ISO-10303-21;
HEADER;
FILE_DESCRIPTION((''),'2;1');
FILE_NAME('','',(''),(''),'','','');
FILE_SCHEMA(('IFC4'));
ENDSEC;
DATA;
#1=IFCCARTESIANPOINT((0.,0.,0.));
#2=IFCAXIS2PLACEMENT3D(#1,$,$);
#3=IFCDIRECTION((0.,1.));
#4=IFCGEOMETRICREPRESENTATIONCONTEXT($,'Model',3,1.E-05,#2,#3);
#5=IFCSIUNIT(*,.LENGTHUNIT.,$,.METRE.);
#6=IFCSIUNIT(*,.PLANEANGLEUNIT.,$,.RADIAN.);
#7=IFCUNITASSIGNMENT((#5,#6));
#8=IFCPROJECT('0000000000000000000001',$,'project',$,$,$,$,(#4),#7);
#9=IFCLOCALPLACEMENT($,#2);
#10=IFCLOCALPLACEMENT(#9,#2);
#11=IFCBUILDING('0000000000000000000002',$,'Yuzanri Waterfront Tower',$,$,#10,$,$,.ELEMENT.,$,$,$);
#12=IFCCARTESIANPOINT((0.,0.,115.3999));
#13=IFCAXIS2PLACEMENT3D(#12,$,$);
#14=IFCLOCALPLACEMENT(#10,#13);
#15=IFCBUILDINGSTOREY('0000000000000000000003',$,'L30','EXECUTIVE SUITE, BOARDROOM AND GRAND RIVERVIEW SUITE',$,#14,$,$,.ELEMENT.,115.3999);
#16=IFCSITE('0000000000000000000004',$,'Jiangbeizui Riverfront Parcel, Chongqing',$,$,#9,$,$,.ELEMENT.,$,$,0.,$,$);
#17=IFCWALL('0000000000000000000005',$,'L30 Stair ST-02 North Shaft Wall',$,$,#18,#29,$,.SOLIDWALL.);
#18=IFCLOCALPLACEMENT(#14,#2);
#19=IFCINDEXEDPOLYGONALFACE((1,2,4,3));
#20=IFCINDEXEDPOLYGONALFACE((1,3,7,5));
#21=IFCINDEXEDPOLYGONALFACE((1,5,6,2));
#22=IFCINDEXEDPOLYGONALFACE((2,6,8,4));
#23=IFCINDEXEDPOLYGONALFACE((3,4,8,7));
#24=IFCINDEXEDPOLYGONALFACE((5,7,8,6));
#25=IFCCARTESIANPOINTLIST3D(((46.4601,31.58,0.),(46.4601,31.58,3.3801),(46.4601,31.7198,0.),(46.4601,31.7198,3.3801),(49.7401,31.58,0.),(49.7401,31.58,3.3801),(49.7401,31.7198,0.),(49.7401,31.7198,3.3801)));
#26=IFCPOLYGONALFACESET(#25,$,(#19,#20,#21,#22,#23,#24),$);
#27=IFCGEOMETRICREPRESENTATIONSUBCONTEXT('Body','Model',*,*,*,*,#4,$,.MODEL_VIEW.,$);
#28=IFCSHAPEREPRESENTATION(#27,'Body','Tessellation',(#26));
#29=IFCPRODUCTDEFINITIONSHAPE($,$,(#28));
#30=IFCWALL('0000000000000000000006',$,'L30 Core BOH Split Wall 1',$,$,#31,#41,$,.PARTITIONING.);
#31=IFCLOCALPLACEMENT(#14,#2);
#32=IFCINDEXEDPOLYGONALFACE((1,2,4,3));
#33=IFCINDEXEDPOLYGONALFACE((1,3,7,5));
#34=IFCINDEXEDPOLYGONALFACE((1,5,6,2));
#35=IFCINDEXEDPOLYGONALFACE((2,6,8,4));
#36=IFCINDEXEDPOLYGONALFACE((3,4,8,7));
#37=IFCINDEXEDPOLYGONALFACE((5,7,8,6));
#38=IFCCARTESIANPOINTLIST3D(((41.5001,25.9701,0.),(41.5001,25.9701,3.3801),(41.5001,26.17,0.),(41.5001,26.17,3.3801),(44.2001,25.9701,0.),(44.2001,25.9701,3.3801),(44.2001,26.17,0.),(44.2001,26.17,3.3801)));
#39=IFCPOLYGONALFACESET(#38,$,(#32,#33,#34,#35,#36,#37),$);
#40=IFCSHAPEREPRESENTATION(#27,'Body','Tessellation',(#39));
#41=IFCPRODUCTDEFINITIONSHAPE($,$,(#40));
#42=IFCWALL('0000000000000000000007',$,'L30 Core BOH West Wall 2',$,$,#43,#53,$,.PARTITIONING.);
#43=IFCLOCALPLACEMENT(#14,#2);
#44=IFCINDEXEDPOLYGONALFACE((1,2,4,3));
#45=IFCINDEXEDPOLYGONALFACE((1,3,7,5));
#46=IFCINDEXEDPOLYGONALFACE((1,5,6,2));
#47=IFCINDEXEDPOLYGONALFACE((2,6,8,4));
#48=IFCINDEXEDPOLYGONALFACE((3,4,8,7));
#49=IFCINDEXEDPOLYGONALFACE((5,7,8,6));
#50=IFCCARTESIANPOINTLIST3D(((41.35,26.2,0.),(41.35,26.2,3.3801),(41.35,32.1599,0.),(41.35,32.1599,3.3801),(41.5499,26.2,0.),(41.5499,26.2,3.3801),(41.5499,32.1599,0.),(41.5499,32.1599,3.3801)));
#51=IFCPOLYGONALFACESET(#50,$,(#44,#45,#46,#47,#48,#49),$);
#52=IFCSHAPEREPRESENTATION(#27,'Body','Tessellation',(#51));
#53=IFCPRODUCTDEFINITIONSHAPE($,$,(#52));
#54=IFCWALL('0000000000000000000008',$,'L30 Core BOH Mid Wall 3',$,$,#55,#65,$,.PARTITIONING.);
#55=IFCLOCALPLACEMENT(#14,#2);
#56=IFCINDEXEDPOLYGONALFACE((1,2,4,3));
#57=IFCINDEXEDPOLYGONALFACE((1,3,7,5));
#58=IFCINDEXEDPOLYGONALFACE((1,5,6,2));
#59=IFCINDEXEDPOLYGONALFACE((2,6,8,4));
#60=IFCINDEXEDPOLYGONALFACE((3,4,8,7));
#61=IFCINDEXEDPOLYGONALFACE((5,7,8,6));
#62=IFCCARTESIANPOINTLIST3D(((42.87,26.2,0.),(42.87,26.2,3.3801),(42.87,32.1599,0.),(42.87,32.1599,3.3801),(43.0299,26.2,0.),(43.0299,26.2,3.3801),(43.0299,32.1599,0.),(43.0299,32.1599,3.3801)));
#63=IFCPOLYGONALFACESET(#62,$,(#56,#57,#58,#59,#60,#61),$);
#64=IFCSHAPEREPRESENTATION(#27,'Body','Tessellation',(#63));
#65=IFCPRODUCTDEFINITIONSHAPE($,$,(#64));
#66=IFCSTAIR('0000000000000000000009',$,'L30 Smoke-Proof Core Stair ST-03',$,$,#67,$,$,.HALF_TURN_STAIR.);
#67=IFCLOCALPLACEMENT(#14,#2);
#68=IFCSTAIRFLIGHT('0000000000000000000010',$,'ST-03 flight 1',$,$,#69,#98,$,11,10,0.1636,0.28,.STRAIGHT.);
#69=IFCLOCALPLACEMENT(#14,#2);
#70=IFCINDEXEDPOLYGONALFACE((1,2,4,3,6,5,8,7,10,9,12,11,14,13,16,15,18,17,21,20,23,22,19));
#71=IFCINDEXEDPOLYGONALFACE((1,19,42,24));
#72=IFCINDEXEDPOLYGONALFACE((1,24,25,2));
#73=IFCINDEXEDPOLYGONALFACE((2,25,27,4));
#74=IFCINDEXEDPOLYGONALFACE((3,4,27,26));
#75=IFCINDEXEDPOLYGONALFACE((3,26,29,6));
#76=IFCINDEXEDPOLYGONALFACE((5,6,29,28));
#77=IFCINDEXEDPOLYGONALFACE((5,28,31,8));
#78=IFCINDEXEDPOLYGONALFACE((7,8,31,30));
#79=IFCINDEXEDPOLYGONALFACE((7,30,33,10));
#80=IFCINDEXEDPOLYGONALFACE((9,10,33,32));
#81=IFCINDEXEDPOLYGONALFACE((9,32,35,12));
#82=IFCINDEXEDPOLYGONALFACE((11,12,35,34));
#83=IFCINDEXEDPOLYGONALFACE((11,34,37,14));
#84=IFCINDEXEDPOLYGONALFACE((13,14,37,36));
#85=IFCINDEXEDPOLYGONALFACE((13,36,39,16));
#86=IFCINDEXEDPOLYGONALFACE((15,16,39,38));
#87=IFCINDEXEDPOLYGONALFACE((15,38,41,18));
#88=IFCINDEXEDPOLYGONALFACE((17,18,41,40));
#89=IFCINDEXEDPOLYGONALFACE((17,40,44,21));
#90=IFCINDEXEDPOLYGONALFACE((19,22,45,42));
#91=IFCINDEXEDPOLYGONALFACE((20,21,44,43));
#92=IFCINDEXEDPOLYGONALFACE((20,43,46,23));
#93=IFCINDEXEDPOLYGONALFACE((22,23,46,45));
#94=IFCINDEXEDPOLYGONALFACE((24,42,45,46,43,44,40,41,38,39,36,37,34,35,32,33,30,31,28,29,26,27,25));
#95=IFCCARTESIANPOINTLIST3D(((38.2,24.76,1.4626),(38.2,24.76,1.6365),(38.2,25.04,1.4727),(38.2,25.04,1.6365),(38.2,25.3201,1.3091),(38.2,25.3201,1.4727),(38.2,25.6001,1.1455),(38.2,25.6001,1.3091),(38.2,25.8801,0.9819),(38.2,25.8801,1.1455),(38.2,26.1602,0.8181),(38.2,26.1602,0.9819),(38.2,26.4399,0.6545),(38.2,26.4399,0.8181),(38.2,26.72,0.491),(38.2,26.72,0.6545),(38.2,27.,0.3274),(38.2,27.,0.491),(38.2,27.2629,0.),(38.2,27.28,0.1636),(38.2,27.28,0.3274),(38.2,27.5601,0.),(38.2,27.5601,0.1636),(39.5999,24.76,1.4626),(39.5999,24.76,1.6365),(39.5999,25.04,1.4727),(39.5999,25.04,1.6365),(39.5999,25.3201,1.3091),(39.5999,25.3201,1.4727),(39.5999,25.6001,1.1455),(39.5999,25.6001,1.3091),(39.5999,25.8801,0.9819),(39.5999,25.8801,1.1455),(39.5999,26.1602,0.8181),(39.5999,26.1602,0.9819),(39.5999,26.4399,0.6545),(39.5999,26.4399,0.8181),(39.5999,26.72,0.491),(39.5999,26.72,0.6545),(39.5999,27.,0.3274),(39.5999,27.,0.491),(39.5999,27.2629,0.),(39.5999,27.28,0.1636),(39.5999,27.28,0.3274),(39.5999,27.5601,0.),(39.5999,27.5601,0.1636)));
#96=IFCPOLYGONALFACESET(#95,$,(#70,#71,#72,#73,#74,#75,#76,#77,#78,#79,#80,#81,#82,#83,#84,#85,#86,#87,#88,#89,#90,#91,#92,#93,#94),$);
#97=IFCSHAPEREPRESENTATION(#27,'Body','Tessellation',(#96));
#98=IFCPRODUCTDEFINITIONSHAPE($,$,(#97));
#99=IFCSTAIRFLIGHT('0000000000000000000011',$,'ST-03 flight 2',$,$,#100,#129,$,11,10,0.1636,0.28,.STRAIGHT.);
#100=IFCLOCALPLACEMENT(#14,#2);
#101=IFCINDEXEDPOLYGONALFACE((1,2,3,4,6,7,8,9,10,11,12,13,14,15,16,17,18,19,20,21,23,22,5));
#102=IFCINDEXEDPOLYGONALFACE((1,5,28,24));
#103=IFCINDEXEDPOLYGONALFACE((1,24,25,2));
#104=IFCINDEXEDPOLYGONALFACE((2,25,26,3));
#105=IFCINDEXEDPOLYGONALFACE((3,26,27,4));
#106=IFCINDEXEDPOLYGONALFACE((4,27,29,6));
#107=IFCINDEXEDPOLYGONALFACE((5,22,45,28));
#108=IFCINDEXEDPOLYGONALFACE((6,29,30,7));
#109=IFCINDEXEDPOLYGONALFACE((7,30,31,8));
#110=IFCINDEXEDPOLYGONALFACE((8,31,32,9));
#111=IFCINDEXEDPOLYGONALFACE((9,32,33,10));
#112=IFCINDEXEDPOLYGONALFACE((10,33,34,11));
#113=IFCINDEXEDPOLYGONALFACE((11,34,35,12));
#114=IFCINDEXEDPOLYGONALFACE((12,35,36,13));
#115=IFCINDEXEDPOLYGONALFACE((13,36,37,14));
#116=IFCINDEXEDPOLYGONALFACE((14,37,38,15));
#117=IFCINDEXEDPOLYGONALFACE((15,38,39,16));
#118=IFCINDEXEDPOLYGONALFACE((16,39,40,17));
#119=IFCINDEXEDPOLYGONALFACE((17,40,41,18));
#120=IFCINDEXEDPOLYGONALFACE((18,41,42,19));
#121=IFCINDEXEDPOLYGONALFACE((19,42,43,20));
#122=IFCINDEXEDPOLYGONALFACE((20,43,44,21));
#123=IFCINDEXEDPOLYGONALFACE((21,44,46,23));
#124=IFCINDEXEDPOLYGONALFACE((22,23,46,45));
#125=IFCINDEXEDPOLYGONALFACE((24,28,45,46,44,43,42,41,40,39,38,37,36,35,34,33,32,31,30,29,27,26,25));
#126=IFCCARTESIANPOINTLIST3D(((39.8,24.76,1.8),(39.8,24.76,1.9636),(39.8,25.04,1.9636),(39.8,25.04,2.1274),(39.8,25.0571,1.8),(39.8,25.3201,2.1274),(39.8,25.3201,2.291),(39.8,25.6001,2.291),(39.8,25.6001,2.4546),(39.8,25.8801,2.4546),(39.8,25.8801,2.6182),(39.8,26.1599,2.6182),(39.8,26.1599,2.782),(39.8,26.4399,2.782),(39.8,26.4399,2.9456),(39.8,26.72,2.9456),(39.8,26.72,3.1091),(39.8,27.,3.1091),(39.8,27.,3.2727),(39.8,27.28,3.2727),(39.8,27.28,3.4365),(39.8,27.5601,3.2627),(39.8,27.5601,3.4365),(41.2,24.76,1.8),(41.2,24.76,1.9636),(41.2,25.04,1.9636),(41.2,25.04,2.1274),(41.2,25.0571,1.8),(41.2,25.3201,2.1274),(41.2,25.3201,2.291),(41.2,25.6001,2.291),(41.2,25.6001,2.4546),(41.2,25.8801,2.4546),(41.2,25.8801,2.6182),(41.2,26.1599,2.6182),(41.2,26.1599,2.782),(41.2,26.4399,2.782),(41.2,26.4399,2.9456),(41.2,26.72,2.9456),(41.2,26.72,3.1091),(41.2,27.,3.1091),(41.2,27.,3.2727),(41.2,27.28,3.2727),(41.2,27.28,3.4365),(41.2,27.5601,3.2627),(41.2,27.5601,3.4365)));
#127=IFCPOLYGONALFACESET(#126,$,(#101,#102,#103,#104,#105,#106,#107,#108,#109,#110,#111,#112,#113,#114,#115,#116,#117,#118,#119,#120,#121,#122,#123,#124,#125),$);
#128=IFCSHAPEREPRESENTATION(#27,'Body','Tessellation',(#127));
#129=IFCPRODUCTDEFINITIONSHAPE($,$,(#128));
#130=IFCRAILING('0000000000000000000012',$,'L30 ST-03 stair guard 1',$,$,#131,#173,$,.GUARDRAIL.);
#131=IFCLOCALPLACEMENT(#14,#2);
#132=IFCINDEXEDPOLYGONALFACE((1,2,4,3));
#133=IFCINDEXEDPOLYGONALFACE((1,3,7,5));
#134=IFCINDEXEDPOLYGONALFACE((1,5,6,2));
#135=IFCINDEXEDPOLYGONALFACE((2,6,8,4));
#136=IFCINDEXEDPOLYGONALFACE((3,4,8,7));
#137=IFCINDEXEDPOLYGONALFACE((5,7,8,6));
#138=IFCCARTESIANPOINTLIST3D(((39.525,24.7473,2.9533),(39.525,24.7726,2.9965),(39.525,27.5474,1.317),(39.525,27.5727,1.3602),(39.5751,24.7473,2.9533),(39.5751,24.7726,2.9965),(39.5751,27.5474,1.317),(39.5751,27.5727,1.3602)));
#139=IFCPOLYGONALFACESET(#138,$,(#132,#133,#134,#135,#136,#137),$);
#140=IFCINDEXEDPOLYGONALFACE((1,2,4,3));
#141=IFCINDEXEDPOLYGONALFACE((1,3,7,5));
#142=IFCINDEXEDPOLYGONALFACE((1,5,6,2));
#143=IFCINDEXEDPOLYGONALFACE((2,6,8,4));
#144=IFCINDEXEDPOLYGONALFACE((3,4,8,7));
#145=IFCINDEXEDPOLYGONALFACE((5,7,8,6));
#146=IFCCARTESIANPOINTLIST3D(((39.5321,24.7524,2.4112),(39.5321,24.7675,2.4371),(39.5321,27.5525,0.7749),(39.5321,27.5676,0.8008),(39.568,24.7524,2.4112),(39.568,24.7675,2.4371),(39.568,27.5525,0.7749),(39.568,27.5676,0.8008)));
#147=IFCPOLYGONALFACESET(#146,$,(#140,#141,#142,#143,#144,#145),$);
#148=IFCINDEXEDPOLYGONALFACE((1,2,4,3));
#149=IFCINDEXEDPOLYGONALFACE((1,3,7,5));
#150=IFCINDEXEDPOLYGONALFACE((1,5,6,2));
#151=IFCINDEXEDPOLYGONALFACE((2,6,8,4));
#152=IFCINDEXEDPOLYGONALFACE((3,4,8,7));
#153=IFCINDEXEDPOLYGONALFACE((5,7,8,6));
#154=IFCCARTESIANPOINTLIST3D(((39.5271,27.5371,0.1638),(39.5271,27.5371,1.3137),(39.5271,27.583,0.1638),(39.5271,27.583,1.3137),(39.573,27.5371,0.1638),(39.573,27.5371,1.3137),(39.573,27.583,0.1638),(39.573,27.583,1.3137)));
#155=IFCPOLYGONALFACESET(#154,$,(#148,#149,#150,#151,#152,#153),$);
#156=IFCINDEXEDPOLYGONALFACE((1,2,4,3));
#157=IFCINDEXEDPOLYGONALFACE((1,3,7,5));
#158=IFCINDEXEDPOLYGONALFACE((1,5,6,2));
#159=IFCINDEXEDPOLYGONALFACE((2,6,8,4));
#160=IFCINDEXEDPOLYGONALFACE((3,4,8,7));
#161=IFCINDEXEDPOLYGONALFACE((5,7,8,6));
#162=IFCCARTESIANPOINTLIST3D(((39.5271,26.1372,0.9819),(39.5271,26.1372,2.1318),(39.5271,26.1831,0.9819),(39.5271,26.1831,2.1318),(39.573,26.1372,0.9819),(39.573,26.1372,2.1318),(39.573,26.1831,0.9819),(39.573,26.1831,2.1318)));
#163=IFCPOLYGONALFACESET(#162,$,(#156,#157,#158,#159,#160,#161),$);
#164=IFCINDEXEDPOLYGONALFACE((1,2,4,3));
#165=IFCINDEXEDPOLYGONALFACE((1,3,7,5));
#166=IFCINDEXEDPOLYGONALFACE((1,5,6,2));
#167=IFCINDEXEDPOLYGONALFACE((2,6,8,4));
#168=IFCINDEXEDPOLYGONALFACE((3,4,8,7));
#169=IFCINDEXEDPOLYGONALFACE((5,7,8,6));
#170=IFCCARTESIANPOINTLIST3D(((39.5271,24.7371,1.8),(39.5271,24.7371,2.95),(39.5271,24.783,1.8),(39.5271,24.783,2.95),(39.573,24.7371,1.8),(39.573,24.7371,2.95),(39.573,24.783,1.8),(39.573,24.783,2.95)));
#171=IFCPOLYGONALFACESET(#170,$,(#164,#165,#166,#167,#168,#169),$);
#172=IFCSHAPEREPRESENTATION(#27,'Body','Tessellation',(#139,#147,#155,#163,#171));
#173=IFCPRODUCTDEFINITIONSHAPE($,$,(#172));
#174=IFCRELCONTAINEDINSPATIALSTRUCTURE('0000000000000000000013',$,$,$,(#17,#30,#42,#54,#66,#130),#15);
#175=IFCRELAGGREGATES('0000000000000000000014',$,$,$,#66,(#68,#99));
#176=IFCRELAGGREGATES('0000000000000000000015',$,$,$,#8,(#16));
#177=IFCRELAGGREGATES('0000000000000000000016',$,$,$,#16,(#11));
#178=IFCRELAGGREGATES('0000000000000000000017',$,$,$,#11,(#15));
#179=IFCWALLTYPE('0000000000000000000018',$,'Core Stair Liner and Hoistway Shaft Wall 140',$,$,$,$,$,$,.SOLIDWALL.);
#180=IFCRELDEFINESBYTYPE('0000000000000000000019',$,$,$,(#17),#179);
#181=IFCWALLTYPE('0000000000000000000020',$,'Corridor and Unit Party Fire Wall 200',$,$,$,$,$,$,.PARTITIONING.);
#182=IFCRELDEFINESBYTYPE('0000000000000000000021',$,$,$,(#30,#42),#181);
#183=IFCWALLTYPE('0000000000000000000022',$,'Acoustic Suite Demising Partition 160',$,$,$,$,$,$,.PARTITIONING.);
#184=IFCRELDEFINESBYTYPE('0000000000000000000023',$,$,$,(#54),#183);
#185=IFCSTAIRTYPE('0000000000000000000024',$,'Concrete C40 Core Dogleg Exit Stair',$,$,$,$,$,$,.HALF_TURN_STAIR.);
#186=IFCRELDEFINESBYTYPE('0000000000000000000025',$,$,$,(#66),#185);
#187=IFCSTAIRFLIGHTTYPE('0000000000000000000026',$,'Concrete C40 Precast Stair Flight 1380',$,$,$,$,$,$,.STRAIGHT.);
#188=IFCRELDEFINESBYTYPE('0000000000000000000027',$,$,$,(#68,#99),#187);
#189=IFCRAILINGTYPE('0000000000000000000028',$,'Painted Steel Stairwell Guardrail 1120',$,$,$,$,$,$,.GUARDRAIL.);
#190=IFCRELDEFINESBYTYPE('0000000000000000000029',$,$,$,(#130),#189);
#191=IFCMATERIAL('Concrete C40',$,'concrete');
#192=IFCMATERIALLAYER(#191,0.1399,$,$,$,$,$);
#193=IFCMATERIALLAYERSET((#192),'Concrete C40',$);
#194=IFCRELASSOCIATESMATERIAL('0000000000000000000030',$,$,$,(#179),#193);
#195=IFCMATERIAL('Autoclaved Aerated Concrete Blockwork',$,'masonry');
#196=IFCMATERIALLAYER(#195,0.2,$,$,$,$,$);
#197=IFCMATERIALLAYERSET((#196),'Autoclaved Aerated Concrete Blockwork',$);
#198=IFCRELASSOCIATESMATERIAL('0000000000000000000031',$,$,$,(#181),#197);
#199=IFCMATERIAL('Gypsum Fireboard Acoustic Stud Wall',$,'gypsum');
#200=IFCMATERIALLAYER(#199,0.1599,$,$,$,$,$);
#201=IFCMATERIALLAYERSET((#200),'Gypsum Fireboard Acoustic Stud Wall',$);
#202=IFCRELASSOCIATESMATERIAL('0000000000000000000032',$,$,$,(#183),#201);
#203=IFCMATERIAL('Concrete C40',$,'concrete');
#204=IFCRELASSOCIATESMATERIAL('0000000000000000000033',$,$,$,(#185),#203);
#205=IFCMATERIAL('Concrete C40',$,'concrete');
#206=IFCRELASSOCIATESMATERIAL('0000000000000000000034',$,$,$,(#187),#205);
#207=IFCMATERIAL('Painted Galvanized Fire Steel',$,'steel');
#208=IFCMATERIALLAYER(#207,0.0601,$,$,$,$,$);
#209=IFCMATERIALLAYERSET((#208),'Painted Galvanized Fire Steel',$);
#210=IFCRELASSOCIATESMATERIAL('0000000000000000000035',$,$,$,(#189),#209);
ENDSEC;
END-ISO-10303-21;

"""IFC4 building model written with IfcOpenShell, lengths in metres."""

from ifc_helpers import new_model, si_unit, direction, frame, frame_2d, origin, origin_2d, place, context, subcontext, project, spatial, polyline, rectangle, outline, extrude, source, transform, mapped, material, layer, layer_set, type_object, element, aggregate, save


model = new_model("IFC4")

# Units and contexts
model_context = context("Model", 3, precision=1e-05, world=origin(), true_north=direction((0.0, 1.0)))
body_context = subcontext(model_context, "Body", "Model", "MODEL_VIEW")
ifc_project = project(units=[si_unit("LENGTHUNIT", "METRE"), si_unit("PLANEANGLEUNIT", "RADIAN")], contexts=[model_context])

# Site, building, storey
site_placement = place(None, origin())
site = spatial("IfcSite", under=ifc_project, at=site_placement, Name="Jiangbeizui Riverfront Parcel, Chongqing", CompositionType="ELEMENT", RefElevation=0.0)
building_placement = place(site_placement, origin())
building = spatial("IfcBuilding", under=site, at=building_placement, Name="Yuzanri Waterfront Tower", CompositionType="ELEMENT")
storey_placement = place(building_placement, frame((0.0, 0.0, 115.3999)))
storey = spatial("IfcBuildingStorey", under=building, at=storey_placement, Name="L30", Description="EXECUTIVE SUITE, BOARDROOM AND GRAND RIVERVIEW SUITE", CompositionType="ELEMENT", Elevation=115.3999)

# Shared definitions
ifc_material_1 = material(Name="Concrete C40", Category="concrete")
ifc_layer_1 = layer(ifc_material_1, 0.1399)
ifc_layer_set_1 = layer_set([ifc_layer_1], Name="Concrete C40")
wall_type_1 = type_object("IfcWallType", Name="Core Stair Liner and Hoistway Shaft Wall 140", PredefinedType="SOLIDWALL", material=ifc_layer_set_1)

# Walls
shared_shape_1 = source(origin(), body_context, "Body", "SweptSolid", [
    extrude(rectangle(XDim=3.28, YDim=0.1399, at=frame_2d((1.6401, 0.0))), origin(), (0.0, 0.0, 1.0), 3.3801),
])
wall_1_placement = place(storey_placement, frame((46.46, 31.6499, 0.0), z_axis=(0.0, 0.0, 1.0), x_axis=(1.0, 0.0, 0.0)))
element("IfcWall", 1, at=wall_1_placement, inside=storey, type_object=wall_type_1, Name="L30 Stair ST-02 North Shaft Wall", PredefinedType="SOLIDWALL", context=body_context, shape_type="MappedRepresentation", body=[
    mapped(shared_shape_1, transform((0.0, 0.0, 0.0), scale=1.0)),
])
ifc_material_2 = material(Name="Autoclaved Aerated Concrete Blockwork", Category="masonry")
ifc_layer_2 = layer(ifc_material_2, 0.2)
ifc_layer_set_2 = layer_set([ifc_layer_2], Name="Autoclaved Aerated Concrete Blockwork")
wall_type_2 = type_object("IfcWallType", Name="Corridor and Unit Party Fire Wall 200", PredefinedType="PARTITIONING", material=ifc_layer_set_2)
shared_shape_2 = source(origin(), body_context, "Body", "SweptSolid", [
    extrude(rectangle(XDim=2.7, YDim=0.2, at=frame_2d((1.3501, 0.0))), origin(), (0.0, 0.0, 1.0), 3.3801),
])
wall_2_placement = place(storey_placement, frame((41.5, 26.0701, 0.0), z_axis=(0.0, 0.0, 1.0), x_axis=(1.0, 0.0, 0.0)))
element("IfcWall", 2, at=wall_2_placement, inside=storey, type_object=wall_type_2, Name="L30 Core BOH Split Wall 1", PredefinedType="PARTITIONING", context=body_context, shape_type="MappedRepresentation", body=[
    mapped(shared_shape_2, transform((0.0, 0.0, 0.0), scale=1.0)),
])
shared_shape_3 = source(origin(), body_context, "Body", "SweptSolid", [
    extrude(rectangle(XDim=5.96, YDim=0.2, at=frame_2d((2.98, 0.0))), origin(), (0.0, 0.0, 1.0), 3.3801),
])
wall_3_placement = place(storey_placement, frame((41.45, 26.2, 0.0), z_axis=(0.0, 0.0, 1.0), x_axis=(0.0, 1.0, 0.0)))
element("IfcWall", 3, at=wall_3_placement, inside=storey, type_object=wall_type_2, Name="L30 Core BOH West Wall 2", PredefinedType="PARTITIONING", context=body_context, shape_type="MappedRepresentation", body=[
    mapped(shared_shape_3, transform((0.0, 0.0, 0.0), scale=1.0)),
])
ifc_material_3 = material(Name="Gypsum Fireboard Acoustic Stud Wall", Category="gypsum")
ifc_layer_3 = layer(ifc_material_3, 0.1599)
ifc_layer_set_3 = layer_set([ifc_layer_3], Name="Gypsum Fireboard Acoustic Stud Wall")
wall_type_3 = type_object("IfcWallType", Name="Acoustic Suite Demising Partition 160", PredefinedType="PARTITIONING", material=ifc_layer_set_3)
shared_shape_4 = source(origin(), body_context, "Body", "SweptSolid", [
    extrude(rectangle(XDim=5.96, YDim=0.1599, at=frame_2d((2.98, 0.0))), origin(), (0.0, 0.0, 1.0), 3.3801),
])
wall_4_placement = place(storey_placement, frame((42.95, 26.2, 0.0), z_axis=(0.0, 0.0, 1.0), x_axis=(0.0, 1.0, 0.0)))
element("IfcWall", 4, at=wall_4_placement, inside=storey, type_object=wall_type_3, Name="L30 Core BOH Mid Wall 3", PredefinedType="PARTITIONING", context=body_context, shape_type="MappedRepresentation", body=[
    mapped(shared_shape_4, transform((0.0, 0.0, 0.0), scale=1.0)),
])

# Stair, stair flights
ifc_material_4 = material(Name="Concrete C40", Category="concrete")
stair_type = type_object("IfcStairType", Name="Concrete C40 Core Dogleg Exit Stair", PredefinedType="HALF_TURN_STAIR", material=ifc_material_4)
stair_placement = place(storey_placement, origin())
stair = element("IfcStair", 5, at=stair_placement, inside=storey, type_object=stair_type, Name="L30 Smoke-Proof Core Stair ST-03", PredefinedType="HALF_TURN_STAIR")
ifc_material_5 = material(Name="Concrete C40", Category="concrete")
stair_flight_type = type_object("IfcStairFlightType", Name="Concrete C40 Precast Stair Flight 1380", PredefinedType="STRAIGHT", material=ifc_material_5)
shared_shape_5 = source(origin(), body_context, "Body", "SweptSolid", [
    extrude(outline(polyline([(0.0, 0.0), (0.0, 0.1636), (0.28, 0.1636), (0.28, 0.3274), (0.5601, 0.3274), (0.5601, 0.491), (0.8401, 0.491), (0.8401, 0.6545), (1.1201, 0.6545), (1.1201, 0.8181), (1.3999, 0.8181), (1.3999, 0.9819), (1.6799, 0.9819), (1.6799, 1.1455), (1.96, 1.1455), (1.96, 1.3091), (2.24, 1.3091), (2.24, 1.4727), (2.52, 1.4727), (2.52, 1.6365), (2.8, 1.6365), (2.8, 1.8), (2.8, 1.4626), (0.2971, 0.0), (0.0, 0.0)])), frame((0.0, 0.7, 0.0), z_axis=(0.0, -1.0, 0.0), x_axis=(1.0, 0.0, 0.0)), (0.0, 0.0, 1.0), 1.3999),
])
stair_flight_1_placement = place(storey_placement, frame((38.8999, 27.5601, 0.0), z_axis=(0.0, 0.0, 1.0), x_axis=(0.0, -1.0, 0.0)))
stair_flight_1 = element("IfcStairFlight", 6, at=stair_flight_1_placement, type_object=stair_flight_type, Name="ST-03 flight 1", NumberOfRisers=11, NumberOfTreads=10, PredefinedType="STRAIGHT", RiserHeight=0.1636, TreadLength=0.28, context=body_context, shape_type="MappedRepresentation", body=[
    mapped(shared_shape_5, transform((0.0, 0.0, 0.0), scale=1.0)),
])
stair_flight_2_placement = place(storey_placement, frame((40.5, 24.76, 1.8), z_axis=(0.0, 0.0, 1.0), x_axis=(0.0, 1.0, 0.0)))
stair_flight_2 = element("IfcStairFlight", 7, at=stair_flight_2_placement, type_object=stair_flight_type, Name="ST-03 flight 2", NumberOfRisers=11, NumberOfTreads=10, PredefinedType="STRAIGHT", RiserHeight=0.1636, TreadLength=0.28, context=body_context, shape_type="MappedRepresentation", body=[
    mapped(shared_shape_5, transform((0.0, 0.0, 0.0), scale=1.0)),
])
aggregate(stair, [stair_flight_1, stair_flight_2])

# Railing
ifc_material_6 = material(Name="Painted Galvanized Fire Steel", Category="steel")
ifc_layer_4 = layer(ifc_material_6, 0.0601)
ifc_layer_set_4 = layer_set([ifc_layer_4], Name="Painted Galvanized Fire Steel")
railing_type_1 = type_object("IfcRailingType", Name="Painted Steel Stairwell Guardrail 1120", PredefinedType="GUARDRAIL", material=ifc_layer_set_4)
shared_shape_6 = source(origin(), body_context, "Body", "SweptSolid", [
    extrude(rectangle(XDim=0.05, YDim=0.05, at=origin_2d()), frame((0.0, 0.0, 1.1748), z_axis=(0.0, -0.863394, 0.504531), x_axis=(1.0, 0.0, 0.0)), (0.0, 0.0, 1.0), 3.2432),
    extrude(rectangle(XDim=0.0359, YDim=0.03, at=origin_2d()), frame((0.0, 0.0, 0.624), z_axis=(0.0, -0.863394, 0.504531), x_axis=(1.0, 0.0, 0.0)), (0.0, 0.0, 1.0), 3.2432),
    extrude(rectangle(XDim=0.0459, YDim=0.0459, at=origin_2d()), origin(), (0.0, 0.0, 1.0), 1.1499),
    extrude(rectangle(XDim=0.0459, YDim=0.0459, at=origin_2d()), frame((0.0, -1.3999, 0.8181)), (0.0, 0.0, 1.0), 1.1499),
    extrude(rectangle(XDim=0.0459, YDim=0.0459, at=origin_2d()), frame((0.0, -2.8, 1.6362)), (0.0, 0.0, 1.0), 1.1499),
])
railing_1_placement = place(storey_placement, frame((39.55, 27.5601, 0.1638)))
element("IfcRailing", 8, at=railing_1_placement, inside=storey, type_object=railing_type_1, Name="L30 ST-03 stair guard 1", PredefinedType="GUARDRAIL", context=body_context, shape_type="MappedRepresentation", body=[
    mapped(shared_shape_6, transform((0.0, 0.0, 0.0), scale=1.0)),
])

save(model, "model.ifc")
